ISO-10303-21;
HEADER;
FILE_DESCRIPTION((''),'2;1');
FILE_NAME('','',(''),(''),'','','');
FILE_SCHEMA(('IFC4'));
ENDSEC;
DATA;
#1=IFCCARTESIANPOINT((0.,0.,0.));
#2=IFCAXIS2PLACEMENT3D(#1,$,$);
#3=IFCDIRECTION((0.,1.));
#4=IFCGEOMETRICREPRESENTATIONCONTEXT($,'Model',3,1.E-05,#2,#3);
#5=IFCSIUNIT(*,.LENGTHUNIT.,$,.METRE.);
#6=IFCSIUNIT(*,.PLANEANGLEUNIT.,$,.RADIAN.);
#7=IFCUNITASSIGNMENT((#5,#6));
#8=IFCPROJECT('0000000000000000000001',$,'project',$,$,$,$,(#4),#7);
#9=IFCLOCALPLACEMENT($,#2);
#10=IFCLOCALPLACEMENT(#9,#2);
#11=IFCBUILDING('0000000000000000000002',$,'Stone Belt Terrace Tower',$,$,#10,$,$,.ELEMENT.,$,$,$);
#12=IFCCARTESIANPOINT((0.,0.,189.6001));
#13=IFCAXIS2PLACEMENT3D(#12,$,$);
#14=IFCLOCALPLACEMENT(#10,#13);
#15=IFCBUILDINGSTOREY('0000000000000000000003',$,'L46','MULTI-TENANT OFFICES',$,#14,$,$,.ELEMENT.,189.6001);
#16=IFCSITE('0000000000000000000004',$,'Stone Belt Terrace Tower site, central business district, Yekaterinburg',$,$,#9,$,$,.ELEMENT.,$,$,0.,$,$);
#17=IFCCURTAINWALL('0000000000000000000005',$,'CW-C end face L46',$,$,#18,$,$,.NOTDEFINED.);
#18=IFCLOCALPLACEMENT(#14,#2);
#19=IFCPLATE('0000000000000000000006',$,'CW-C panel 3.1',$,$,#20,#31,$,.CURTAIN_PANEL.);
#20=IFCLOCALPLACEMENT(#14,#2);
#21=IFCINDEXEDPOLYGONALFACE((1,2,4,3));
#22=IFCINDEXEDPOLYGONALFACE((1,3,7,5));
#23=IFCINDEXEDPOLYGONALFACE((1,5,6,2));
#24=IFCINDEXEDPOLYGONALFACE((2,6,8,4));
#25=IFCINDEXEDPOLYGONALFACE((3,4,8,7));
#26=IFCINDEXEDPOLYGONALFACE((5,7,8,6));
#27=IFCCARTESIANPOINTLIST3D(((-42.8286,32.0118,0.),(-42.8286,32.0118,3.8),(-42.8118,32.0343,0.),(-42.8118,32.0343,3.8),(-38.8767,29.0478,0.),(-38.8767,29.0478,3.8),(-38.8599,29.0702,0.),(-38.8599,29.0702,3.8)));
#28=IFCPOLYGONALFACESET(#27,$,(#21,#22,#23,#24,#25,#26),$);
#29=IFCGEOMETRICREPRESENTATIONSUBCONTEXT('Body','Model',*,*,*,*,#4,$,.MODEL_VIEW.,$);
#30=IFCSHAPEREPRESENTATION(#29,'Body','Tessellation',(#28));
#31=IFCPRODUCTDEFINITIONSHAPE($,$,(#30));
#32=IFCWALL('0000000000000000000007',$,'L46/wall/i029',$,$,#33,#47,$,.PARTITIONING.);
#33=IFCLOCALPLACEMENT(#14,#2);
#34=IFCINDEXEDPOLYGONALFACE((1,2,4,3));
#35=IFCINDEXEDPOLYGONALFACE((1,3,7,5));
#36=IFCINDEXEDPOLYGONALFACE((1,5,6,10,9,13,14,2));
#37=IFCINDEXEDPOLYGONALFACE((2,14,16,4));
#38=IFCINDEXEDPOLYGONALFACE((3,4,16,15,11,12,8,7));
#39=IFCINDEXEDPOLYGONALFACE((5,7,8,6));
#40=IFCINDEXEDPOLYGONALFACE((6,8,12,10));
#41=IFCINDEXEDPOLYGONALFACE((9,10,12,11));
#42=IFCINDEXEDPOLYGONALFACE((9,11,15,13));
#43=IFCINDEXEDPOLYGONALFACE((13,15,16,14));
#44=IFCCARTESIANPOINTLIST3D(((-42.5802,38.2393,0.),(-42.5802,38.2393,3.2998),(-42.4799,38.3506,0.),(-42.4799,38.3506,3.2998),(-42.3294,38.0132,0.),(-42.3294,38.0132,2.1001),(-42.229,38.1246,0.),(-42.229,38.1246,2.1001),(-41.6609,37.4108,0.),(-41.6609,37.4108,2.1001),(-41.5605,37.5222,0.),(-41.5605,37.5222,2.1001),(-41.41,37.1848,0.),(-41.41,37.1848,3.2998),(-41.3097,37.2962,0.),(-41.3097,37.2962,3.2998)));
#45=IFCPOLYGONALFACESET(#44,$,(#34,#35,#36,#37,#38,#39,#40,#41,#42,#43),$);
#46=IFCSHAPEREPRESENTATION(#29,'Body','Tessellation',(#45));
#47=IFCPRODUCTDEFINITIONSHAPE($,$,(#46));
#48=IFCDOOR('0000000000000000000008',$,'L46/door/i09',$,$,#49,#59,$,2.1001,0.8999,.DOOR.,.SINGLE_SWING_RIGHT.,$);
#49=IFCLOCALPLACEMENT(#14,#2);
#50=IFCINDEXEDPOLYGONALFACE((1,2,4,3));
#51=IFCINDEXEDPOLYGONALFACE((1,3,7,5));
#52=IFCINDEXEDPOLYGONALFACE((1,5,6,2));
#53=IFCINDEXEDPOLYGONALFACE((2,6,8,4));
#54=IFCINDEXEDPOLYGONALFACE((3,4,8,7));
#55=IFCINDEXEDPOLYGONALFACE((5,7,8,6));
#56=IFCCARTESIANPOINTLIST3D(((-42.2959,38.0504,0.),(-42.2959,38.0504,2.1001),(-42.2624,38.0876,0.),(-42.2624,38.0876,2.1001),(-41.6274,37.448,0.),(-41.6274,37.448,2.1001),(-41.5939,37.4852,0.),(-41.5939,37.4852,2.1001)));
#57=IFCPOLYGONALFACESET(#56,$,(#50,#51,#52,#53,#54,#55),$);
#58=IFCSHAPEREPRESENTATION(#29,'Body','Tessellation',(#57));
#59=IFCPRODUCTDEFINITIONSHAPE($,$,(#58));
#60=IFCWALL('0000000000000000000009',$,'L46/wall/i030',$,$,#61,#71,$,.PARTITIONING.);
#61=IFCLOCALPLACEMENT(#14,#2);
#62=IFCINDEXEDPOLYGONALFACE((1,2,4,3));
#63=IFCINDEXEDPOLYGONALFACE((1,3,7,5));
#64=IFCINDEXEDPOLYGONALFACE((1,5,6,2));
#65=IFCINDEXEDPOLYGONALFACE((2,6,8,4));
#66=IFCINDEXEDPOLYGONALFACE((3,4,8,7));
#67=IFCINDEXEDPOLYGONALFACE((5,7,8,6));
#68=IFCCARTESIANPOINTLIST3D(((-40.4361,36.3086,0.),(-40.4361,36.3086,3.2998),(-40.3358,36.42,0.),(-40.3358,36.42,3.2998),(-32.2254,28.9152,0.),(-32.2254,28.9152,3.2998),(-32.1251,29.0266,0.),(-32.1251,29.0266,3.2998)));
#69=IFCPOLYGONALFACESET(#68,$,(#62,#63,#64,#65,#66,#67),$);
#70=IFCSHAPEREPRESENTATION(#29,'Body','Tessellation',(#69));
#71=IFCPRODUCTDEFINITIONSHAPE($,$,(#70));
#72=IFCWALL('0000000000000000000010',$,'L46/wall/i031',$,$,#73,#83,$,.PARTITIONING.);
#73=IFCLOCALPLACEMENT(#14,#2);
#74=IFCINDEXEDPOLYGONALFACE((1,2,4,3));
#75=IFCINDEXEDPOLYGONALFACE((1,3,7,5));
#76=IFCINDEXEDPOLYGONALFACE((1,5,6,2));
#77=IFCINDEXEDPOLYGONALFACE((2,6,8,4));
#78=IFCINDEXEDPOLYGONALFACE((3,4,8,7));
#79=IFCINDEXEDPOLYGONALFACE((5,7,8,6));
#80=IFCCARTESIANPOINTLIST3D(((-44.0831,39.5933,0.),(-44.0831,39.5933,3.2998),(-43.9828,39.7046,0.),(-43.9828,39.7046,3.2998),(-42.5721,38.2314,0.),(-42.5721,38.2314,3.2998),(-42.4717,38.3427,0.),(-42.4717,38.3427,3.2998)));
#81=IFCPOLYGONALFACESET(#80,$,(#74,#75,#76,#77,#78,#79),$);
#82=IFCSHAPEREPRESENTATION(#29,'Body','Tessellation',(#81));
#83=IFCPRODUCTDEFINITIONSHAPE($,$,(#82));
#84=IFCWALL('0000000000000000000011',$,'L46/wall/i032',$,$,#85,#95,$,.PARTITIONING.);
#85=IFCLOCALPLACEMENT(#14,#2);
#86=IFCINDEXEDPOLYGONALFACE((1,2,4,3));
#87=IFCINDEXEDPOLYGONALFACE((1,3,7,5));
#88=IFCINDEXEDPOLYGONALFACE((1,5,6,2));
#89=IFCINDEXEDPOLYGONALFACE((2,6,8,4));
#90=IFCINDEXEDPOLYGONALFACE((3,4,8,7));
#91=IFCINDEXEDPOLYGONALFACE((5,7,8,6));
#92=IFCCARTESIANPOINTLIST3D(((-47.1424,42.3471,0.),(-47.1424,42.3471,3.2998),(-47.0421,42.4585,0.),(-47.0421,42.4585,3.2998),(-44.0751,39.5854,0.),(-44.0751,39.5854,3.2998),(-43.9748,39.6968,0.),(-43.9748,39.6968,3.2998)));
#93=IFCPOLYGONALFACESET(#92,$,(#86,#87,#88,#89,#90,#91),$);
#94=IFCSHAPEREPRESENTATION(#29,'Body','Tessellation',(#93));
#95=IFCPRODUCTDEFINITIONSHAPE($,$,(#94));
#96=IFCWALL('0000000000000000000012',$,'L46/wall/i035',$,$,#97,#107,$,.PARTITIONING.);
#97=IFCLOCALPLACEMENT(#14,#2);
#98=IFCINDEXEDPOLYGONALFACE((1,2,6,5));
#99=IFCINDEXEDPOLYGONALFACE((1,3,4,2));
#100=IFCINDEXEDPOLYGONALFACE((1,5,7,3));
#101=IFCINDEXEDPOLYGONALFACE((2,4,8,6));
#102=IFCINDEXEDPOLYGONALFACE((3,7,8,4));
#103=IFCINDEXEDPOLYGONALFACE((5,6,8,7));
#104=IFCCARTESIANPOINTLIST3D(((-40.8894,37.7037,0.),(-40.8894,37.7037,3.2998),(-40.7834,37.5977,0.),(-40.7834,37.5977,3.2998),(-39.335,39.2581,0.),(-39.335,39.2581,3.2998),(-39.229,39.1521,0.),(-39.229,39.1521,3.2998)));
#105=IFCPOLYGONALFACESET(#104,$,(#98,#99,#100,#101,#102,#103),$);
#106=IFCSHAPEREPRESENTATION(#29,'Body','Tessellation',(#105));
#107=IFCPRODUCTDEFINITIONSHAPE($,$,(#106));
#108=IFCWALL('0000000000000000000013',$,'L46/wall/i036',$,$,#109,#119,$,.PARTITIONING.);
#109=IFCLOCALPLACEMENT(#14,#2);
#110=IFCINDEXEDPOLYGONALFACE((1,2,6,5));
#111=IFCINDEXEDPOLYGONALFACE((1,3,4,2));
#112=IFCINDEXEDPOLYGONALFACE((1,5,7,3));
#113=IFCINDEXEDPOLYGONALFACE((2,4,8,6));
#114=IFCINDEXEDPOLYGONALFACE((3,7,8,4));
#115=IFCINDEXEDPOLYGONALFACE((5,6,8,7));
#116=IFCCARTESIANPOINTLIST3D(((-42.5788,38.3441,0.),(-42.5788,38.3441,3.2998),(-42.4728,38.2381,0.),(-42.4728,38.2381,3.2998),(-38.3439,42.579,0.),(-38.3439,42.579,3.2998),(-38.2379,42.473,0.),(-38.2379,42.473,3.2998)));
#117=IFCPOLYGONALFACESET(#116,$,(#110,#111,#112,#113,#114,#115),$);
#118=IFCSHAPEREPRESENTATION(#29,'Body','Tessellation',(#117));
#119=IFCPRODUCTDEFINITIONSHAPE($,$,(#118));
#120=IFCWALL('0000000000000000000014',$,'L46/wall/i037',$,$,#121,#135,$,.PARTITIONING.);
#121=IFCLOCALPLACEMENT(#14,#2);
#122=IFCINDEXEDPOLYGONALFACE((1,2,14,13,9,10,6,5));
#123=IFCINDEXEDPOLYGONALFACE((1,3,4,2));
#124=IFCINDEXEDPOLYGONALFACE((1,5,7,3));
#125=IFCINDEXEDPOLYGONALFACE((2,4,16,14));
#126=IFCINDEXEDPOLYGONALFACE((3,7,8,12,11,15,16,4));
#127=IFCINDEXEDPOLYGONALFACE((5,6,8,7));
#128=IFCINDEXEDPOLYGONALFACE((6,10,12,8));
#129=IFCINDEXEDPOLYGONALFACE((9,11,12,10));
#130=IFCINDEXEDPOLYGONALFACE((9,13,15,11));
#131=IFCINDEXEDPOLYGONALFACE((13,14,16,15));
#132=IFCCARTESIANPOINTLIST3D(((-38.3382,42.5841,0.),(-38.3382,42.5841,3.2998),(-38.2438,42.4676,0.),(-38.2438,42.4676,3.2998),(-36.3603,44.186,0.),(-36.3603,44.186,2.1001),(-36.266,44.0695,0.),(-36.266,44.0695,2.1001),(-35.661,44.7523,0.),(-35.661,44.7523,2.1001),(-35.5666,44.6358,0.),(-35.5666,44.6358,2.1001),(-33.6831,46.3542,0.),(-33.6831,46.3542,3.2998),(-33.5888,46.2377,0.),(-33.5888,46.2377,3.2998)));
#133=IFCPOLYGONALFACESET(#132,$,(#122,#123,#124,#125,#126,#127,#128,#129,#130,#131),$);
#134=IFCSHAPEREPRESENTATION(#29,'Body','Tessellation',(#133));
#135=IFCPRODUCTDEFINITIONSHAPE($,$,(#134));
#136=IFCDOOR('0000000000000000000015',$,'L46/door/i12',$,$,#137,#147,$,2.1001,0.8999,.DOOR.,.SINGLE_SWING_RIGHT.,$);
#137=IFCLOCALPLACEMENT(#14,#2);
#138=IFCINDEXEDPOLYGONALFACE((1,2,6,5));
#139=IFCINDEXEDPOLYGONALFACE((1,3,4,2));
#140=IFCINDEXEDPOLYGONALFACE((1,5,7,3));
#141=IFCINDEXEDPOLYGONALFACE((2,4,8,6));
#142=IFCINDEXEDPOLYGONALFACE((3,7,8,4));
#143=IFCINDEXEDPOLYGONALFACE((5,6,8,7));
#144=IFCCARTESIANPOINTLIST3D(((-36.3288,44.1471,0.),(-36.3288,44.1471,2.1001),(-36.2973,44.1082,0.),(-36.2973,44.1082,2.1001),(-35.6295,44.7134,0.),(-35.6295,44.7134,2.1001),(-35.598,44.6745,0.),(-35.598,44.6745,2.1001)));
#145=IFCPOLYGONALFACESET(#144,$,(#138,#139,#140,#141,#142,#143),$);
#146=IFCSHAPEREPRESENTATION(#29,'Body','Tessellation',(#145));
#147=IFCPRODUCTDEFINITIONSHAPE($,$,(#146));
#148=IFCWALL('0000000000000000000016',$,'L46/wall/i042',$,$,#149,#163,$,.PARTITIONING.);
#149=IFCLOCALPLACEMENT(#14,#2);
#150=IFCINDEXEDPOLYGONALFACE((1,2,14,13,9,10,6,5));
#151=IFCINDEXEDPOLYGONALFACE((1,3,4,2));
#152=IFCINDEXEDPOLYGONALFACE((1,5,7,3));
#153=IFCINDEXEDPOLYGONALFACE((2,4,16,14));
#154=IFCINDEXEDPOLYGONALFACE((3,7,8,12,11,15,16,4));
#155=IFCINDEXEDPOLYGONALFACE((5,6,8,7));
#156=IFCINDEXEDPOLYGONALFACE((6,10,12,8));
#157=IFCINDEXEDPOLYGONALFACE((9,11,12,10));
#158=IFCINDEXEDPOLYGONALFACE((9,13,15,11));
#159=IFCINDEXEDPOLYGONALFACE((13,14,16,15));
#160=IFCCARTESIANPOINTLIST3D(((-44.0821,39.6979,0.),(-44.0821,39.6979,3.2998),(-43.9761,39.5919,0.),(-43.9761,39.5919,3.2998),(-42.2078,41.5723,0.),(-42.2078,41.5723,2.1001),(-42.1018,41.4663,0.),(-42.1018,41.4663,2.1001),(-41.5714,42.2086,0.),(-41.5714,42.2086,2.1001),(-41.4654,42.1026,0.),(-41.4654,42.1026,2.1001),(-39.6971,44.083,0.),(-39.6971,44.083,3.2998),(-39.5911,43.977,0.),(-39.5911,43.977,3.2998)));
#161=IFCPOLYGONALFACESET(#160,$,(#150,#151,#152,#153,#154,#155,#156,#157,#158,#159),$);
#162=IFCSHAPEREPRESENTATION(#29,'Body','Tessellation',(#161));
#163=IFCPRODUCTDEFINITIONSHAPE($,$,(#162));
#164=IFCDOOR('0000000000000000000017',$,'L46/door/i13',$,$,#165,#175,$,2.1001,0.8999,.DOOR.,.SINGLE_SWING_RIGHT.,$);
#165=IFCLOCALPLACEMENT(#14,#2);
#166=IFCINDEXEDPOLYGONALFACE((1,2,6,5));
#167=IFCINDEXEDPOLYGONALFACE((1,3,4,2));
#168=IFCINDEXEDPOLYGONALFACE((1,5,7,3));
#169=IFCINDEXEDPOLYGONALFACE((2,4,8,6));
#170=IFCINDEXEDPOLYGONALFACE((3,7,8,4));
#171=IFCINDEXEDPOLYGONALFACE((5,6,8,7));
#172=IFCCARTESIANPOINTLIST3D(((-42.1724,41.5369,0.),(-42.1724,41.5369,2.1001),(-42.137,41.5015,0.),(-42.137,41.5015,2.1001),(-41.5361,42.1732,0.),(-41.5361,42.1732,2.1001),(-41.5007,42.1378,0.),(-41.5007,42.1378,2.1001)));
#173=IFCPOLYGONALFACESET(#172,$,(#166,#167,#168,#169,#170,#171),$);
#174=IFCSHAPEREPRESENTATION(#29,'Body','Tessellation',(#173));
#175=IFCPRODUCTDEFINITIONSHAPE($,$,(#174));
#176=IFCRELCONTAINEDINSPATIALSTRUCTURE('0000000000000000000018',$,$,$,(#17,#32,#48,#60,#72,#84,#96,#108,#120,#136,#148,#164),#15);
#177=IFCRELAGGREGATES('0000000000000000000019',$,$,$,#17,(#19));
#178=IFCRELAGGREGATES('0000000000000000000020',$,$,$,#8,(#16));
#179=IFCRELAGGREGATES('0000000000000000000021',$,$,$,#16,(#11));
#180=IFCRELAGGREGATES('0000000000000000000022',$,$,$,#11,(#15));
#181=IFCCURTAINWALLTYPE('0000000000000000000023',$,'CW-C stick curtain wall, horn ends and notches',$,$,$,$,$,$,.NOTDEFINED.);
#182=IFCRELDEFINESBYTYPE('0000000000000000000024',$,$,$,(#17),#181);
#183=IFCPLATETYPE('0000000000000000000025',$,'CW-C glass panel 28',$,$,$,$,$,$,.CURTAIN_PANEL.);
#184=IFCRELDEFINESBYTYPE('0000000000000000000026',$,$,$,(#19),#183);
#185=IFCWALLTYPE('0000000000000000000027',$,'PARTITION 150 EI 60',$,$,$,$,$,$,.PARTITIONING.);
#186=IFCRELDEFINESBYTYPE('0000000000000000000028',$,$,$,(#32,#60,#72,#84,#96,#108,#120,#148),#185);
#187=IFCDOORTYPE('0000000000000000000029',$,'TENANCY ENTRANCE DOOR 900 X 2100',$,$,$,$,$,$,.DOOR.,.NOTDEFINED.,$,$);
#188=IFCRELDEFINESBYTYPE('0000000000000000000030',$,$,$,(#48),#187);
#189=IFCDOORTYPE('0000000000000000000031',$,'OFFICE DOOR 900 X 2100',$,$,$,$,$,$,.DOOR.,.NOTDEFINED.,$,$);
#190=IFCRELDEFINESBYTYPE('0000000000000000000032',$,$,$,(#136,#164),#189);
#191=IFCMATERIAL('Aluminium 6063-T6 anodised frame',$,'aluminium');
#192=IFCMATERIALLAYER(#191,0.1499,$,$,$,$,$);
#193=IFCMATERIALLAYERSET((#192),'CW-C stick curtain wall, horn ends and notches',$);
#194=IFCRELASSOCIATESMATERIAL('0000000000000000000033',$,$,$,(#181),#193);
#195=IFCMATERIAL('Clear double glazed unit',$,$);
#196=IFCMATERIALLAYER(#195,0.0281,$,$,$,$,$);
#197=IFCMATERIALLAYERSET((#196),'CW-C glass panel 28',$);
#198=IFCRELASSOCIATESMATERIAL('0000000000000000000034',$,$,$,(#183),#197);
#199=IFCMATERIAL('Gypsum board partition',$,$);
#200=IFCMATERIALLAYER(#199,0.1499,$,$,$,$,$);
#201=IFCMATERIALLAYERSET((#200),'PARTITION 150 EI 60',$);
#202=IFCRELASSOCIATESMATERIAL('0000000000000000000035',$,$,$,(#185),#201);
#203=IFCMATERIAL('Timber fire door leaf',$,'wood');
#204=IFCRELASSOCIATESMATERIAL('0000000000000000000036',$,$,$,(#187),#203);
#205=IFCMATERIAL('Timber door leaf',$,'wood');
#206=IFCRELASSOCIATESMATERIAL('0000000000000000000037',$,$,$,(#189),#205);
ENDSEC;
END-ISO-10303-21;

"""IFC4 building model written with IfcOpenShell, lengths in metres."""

from ifc_helpers import new_model, si_unit, direction, frame, frame_2d, origin, origin_2d, place, context, subcontext, project, spatial, rectangle, extrude, material, layer, layer_set, type_object, element, fill, aggregate, save


model = new_model("IFC4")

# Units and contexts
model_context = context("Model", 3, precision=1e-05, world=origin(), true_north=direction((0.0, 1.0)))
body_context = subcontext(model_context, "Body", "Model", "MODEL_VIEW")
ifc_project = project(units=[si_unit("LENGTHUNIT", "METRE"), si_unit("PLANEANGLEUNIT", "RADIAN")], contexts=[model_context])

# Site, building, storey
site_placement = place(None, origin())
site = spatial("IfcSite", under=ifc_project, at=site_placement, Name="Stone Belt Terrace Tower site, central business district, Yekaterinburg", CompositionType="ELEMENT", RefElevation=0.0)
building_placement = place(site_placement, origin())
building = spatial("IfcBuilding", under=site, at=building_placement, Name="Stone Belt Terrace Tower", CompositionType="ELEMENT")
storey_placement = place(building_placement, frame((0.0, 0.0, 189.6001)))
storey = spatial("IfcBuildingStorey", under=building, at=storey_placement, Name="L46", Description="MULTI-TENANT OFFICES", CompositionType="ELEMENT", Elevation=189.6001)

# Shared definitions
ifc_material_1 = material(Name="Aluminium 6063-T6 anodised frame", Category="aluminium")
ifc_layer_1 = layer(ifc_material_1, 0.1499)
ifc_layer_set_1 = layer_set([ifc_layer_1], Name="CW-C stick curtain wall, horn ends and notches")
curtain_wall_type = type_object("IfcCurtainWallType", Name="CW-C stick curtain wall, horn ends and notches", PredefinedType="NOTDEFINED", material=ifc_layer_set_1)

# Curtain wall
curtain_wall_1_placement = place(storey_placement, origin())
curtain_wall_1 = element("IfcCurtainWall", 1, at=curtain_wall_1_placement, inside=storey, type_object=curtain_wall_type, Name="CW-C end face L46", PredefinedType="NOTDEFINED")

# Plate
ifc_material_2 = material(Name="Clear double glazed unit")
ifc_layer_2 = layer(ifc_material_2, 0.0281)
ifc_layer_set_2 = layer_set([ifc_layer_2], Name="CW-C glass panel 28")
plate_type = type_object("IfcPlateType", Name="CW-C glass panel 28", PredefinedType="CURTAIN_PANEL", material=ifc_layer_set_2)
plate_1_placement = place(storey_placement, frame((-40.8442, 30.541, 0.0), z_axis=(0.0, 0.0, 1.0), x_axis=(0.799987, -0.600018, 0.0)))
plate_1 = element("IfcPlate", 2, at=plate_1_placement, type_object=plate_type, Name="CW-C panel 3.1", PredefinedType="CURTAIN_PANEL", context=body_context, shape_type="SweptSolid", body=[
    extrude(rectangle(XDim=4.9399, YDim=0.0281, at=origin_2d()), origin(), (0.0, 0.0, 1.0), 3.8),
])
aggregate(curtain_wall_1, [plate_1])

# Wall, opening, door
ifc_material_3 = material(Name="Gypsum board partition")
ifc_layer_3 = layer(ifc_material_3, 0.1499)
ifc_layer_set_3 = layer_set([ifc_layer_3], Name="PARTITION 150 EI 60")
wall_type = type_object("IfcWallType", Name="PARTITION 150 EI 60", PredefinedType="PARTITIONING", material=ifc_layer_set_3)
wall_1_placement = place(storey_placement, frame((-41.3599, 37.2405, 0.0), z_axis=(0.0, 0.0, 1.0), x_axis=(-0.742886, 0.669418, 0.0)))
wall_1 = element("IfcWall", 3, at=wall_1_placement, inside=storey, type_object=wall_type, Name="L46/wall/i029", PredefinedType="PARTITIONING", context=body_context, shape_type="SweptSolid", body=[
    extrude(rectangle(XDim=1.5752, YDim=0.1499, at=frame_2d((0.7876, 0.0))), origin(), (0.0, 0.0, 1.0), 3.2998),
])
opening_1_placement = place(wall_1_placement, frame((0.3376, 0.0, 0.0)))
opening_1 = element("IfcOpeningElement", 4, at=opening_1_placement, cuts=wall_1, PredefinedType="OPENING", context=body_context, shape_type="SweptSolid", body=[
    extrude(rectangle(XDim=0.8999, YDim=2.1001, at=frame_2d((0.45, 1.05))), frame((0.0, 0.085, 0.0), z_axis=(0.0, -1.0, 0.0), x_axis=(1.0, 0.0, 0.0)), (0.0, 0.0, 1.0), 0.1699),
])
ifc_material_4 = material(Name="Timber fire door leaf", Category="wood")
door_type_1 = type_object("IfcDoorType", Name="TENANCY ENTRANCE DOOR 900 X 2100", OperationType="NOTDEFINED", PredefinedType="DOOR", material=ifc_material_4)
door_1_placement = place(opening_1_placement, origin())
door_1 = element("IfcDoor", 5, at=door_1_placement, inside=storey, type_object=door_type_1, Name="L46/door/i09", OperationType="SINGLE_SWING_RIGHT", OverallHeight=2.1001, OverallWidth=0.8999, PredefinedType="DOOR", context=body_context, shape_type="SweptSolid", body=[
    extrude(rectangle(XDim=0.8999, YDim=2.1001, at=frame_2d((0.45, 1.05))), frame((0.0, 0.0249, 0.0), z_axis=(0.0, -1.0, 0.0), x_axis=(1.0, 0.0, 0.0)), (0.0, 0.0, 1.0), 0.05),
])
fill(opening_1, door_1)

# Walls
wall_2_placement = place(storey_placement, frame((-40.386, 36.3643, 0.0), z_axis=(0.0, 0.0, 1.0), x_axis=(0.743128, -0.669149, 0.0)))
element("IfcWall", 6, at=wall_2_placement, inside=storey, type_object=wall_type, Name="L46/wall/i030", PredefinedType="PARTITIONING", context=body_context, shape_type="SweptSolid", body=[
    extrude(rectangle(XDim=11.0488, YDim=0.1499, at=frame_2d((5.5244, 0.0))), origin(), (0.0, 0.0, 1.0), 3.2998),
])
wall_3_placement = place(storey_placement, frame((-44.033, 39.6489, 0.0), z_axis=(0.0, 0.0, 1.0), x_axis=(0.742822, -0.669488, 0.0)))
element("IfcWall", 7, at=wall_3_placement, inside=storey, type_object=wall_type, Name="L46/wall/i031", PredefinedType="PARTITIONING", context=body_context, shape_type="SweptSolid", body=[
    extrude(rectangle(XDim=2.0342, YDim=0.1499, at=frame_2d((1.0171, 0.0))), origin(), (0.0, 0.0, 1.0), 3.2998),
])
wall_4_placement = place(storey_placement, frame((-47.0923, 42.4028, 0.0), z_axis=(0.0, 0.0, 1.0), x_axis=(0.743165, -0.669109, 0.0)))
element("IfcWall", 8, at=wall_4_placement, inside=storey, type_object=wall_type, Name="L46/wall/i032", PredefinedType="PARTITIONING", context=body_context, shape_type="SweptSolid", body=[
    extrude(rectangle(XDim=4.1274, YDim=0.1499, at=frame_2d((2.0637, 0.0))), origin(), (0.0, 0.0, 1.0), 3.2998),
])
wall_5_placement = place(storey_placement, frame((-39.282, 39.2051, 0.0), z_axis=(0.0, 0.0, 1.0), x_axis=(-0.707107, -0.707107, 0.0)))
element("IfcWall", 9, at=wall_5_placement, inside=storey, type_object=wall_type, Name="L46/wall/i035", PredefinedType="PARTITIONING", context=body_context, shape_type="SweptSolid", body=[
    extrude(rectangle(XDim=2.1982, YDim=0.1499, at=frame_2d((1.0991, 0.0))), origin(), (0.0, 0.0, 1.0), 3.2998),
])
wall_6_placement = place(storey_placement, frame((-42.5259, 38.291, 0.0), z_axis=(0.0, 0.0, 1.0), x_axis=(0.707107, 0.707107, 0.0)))
element("IfcWall", 10, at=wall_6_placement, inside=storey, type_object=wall_type, Name="L46/wall/i036", PredefinedType="PARTITIONING", context=body_context, shape_type="SweptSolid", body=[
    extrude(rectangle(XDim=5.989, YDim=0.1499, at=frame_2d((2.9946, 0.0))), origin(), (0.0, 0.0, 1.0), 3.2998),
])

# Walls, openings, doors
wall_7_placement = place(storey_placement, frame((-38.291, 42.5259, 0.0), z_axis=(0.0, 0.0, 1.0), x_axis=(0.777109, 0.629366, 0.0)))
wall_7 = element("IfcWall", 11, at=wall_7_placement, inside=storey, type_object=wall_type, Name="L46/wall/i037", PredefinedType="PARTITIONING", context=body_context, shape_type="SweptSolid", body=[
    extrude(rectangle(XDim=5.9902, YDim=0.1499, at=frame_2d((2.9951, 0.0))), origin(), (0.0, 0.0, 1.0), 3.2998),
])
opening_2_placement = place(wall_7_placement, frame((2.5452, 0.0, 0.0)))
opening_2 = element("IfcOpeningElement", 12, at=opening_2_placement, cuts=wall_7, PredefinedType="OPENING", context=body_context, shape_type="SweptSolid", body=[
    extrude(rectangle(XDim=0.8999, YDim=2.1001, at=frame_2d((0.45, 1.05))), frame((0.0, 0.085, 0.0), z_axis=(0.0, -1.0, 0.0), x_axis=(1.0, 0.0, 0.0)), (0.0, 0.0, 1.0), 0.1699),
])
ifc_material_5 = material(Name="Timber door leaf", Category="wood")
door_type_2 = type_object("IfcDoorType", Name="OFFICE DOOR 900 X 2100", OperationType="NOTDEFINED", PredefinedType="DOOR", material=ifc_material_5)
door_2_placement = place(opening_2_placement, origin())
door_2 = element("IfcDoor", 13, at=door_2_placement, inside=storey, type_object=door_type_2, Name="L46/door/i12", OperationType="SINGLE_SWING_RIGHT", OverallHeight=2.1001, OverallWidth=0.8999, PredefinedType="DOOR", context=body_context, shape_type="SweptSolid", body=[
    extrude(rectangle(XDim=0.8999, YDim=2.1001, at=frame_2d((0.45, 1.05))), frame((0.0, 0.0249, 0.0), z_axis=(0.0, -1.0, 0.0), x_axis=(1.0, 0.0, 0.0)), (0.0, 0.0, 1.0), 0.05),
])
fill(opening_2, door_2)
wall_8_placement = place(storey_placement, frame((-44.0291, 39.645, 0.0), z_axis=(0.0, 0.0, 1.0), x_axis=(0.707107, 0.707107, 0.0)))
wall_8 = element("IfcWall", 14, at=wall_8_placement, inside=storey, type_object=wall_type, Name="L46/wall/i042", PredefinedType="PARTITIONING", context=body_context, shape_type="SweptSolid", body=[
    extrude(rectangle(XDim=6.2014, YDim=0.1499, at=frame_2d((3.1006, 0.0))), origin(), (0.0, 0.0, 1.0), 3.2998),
])
opening_3_placement = place(wall_8_placement, frame((2.6506, 0.0, 0.0)))
opening_3 = element("IfcOpeningElement", 15, at=opening_3_placement, cuts=wall_8, PredefinedType="OPENING", context=body_context, shape_type="SweptSolid", body=[
    extrude(rectangle(XDim=0.8999, YDim=2.1001, at=frame_2d((0.45, 1.05))), frame((0.0, 0.085, 0.0), z_axis=(0.0, -1.0, 0.0), x_axis=(1.0, 0.0, 0.0)), (0.0, 0.0, 1.0), 0.1699),
])
door_3_placement = place(opening_3_placement, origin())
door_3 = element("IfcDoor", 16, at=door_3_placement, inside=storey, type_object=door_type_2, Name="L46/door/i13", OperationType="SINGLE_SWING_RIGHT", OverallHeight=2.1001, OverallWidth=0.8999, PredefinedType="DOOR", context=body_context, shape_type="SweptSolid", body=[
    extrude(rectangle(XDim=0.8999, YDim=2.1001, at=frame_2d((0.45, 1.05))), frame((0.0, 0.0249, 0.0), z_axis=(0.0, -1.0, 0.0), x_axis=(1.0, 0.0, 0.0)), (0.0, 0.0, 1.0), 0.05),
])
fill(opening_3, door_3)

save(model, "model.ifc")
